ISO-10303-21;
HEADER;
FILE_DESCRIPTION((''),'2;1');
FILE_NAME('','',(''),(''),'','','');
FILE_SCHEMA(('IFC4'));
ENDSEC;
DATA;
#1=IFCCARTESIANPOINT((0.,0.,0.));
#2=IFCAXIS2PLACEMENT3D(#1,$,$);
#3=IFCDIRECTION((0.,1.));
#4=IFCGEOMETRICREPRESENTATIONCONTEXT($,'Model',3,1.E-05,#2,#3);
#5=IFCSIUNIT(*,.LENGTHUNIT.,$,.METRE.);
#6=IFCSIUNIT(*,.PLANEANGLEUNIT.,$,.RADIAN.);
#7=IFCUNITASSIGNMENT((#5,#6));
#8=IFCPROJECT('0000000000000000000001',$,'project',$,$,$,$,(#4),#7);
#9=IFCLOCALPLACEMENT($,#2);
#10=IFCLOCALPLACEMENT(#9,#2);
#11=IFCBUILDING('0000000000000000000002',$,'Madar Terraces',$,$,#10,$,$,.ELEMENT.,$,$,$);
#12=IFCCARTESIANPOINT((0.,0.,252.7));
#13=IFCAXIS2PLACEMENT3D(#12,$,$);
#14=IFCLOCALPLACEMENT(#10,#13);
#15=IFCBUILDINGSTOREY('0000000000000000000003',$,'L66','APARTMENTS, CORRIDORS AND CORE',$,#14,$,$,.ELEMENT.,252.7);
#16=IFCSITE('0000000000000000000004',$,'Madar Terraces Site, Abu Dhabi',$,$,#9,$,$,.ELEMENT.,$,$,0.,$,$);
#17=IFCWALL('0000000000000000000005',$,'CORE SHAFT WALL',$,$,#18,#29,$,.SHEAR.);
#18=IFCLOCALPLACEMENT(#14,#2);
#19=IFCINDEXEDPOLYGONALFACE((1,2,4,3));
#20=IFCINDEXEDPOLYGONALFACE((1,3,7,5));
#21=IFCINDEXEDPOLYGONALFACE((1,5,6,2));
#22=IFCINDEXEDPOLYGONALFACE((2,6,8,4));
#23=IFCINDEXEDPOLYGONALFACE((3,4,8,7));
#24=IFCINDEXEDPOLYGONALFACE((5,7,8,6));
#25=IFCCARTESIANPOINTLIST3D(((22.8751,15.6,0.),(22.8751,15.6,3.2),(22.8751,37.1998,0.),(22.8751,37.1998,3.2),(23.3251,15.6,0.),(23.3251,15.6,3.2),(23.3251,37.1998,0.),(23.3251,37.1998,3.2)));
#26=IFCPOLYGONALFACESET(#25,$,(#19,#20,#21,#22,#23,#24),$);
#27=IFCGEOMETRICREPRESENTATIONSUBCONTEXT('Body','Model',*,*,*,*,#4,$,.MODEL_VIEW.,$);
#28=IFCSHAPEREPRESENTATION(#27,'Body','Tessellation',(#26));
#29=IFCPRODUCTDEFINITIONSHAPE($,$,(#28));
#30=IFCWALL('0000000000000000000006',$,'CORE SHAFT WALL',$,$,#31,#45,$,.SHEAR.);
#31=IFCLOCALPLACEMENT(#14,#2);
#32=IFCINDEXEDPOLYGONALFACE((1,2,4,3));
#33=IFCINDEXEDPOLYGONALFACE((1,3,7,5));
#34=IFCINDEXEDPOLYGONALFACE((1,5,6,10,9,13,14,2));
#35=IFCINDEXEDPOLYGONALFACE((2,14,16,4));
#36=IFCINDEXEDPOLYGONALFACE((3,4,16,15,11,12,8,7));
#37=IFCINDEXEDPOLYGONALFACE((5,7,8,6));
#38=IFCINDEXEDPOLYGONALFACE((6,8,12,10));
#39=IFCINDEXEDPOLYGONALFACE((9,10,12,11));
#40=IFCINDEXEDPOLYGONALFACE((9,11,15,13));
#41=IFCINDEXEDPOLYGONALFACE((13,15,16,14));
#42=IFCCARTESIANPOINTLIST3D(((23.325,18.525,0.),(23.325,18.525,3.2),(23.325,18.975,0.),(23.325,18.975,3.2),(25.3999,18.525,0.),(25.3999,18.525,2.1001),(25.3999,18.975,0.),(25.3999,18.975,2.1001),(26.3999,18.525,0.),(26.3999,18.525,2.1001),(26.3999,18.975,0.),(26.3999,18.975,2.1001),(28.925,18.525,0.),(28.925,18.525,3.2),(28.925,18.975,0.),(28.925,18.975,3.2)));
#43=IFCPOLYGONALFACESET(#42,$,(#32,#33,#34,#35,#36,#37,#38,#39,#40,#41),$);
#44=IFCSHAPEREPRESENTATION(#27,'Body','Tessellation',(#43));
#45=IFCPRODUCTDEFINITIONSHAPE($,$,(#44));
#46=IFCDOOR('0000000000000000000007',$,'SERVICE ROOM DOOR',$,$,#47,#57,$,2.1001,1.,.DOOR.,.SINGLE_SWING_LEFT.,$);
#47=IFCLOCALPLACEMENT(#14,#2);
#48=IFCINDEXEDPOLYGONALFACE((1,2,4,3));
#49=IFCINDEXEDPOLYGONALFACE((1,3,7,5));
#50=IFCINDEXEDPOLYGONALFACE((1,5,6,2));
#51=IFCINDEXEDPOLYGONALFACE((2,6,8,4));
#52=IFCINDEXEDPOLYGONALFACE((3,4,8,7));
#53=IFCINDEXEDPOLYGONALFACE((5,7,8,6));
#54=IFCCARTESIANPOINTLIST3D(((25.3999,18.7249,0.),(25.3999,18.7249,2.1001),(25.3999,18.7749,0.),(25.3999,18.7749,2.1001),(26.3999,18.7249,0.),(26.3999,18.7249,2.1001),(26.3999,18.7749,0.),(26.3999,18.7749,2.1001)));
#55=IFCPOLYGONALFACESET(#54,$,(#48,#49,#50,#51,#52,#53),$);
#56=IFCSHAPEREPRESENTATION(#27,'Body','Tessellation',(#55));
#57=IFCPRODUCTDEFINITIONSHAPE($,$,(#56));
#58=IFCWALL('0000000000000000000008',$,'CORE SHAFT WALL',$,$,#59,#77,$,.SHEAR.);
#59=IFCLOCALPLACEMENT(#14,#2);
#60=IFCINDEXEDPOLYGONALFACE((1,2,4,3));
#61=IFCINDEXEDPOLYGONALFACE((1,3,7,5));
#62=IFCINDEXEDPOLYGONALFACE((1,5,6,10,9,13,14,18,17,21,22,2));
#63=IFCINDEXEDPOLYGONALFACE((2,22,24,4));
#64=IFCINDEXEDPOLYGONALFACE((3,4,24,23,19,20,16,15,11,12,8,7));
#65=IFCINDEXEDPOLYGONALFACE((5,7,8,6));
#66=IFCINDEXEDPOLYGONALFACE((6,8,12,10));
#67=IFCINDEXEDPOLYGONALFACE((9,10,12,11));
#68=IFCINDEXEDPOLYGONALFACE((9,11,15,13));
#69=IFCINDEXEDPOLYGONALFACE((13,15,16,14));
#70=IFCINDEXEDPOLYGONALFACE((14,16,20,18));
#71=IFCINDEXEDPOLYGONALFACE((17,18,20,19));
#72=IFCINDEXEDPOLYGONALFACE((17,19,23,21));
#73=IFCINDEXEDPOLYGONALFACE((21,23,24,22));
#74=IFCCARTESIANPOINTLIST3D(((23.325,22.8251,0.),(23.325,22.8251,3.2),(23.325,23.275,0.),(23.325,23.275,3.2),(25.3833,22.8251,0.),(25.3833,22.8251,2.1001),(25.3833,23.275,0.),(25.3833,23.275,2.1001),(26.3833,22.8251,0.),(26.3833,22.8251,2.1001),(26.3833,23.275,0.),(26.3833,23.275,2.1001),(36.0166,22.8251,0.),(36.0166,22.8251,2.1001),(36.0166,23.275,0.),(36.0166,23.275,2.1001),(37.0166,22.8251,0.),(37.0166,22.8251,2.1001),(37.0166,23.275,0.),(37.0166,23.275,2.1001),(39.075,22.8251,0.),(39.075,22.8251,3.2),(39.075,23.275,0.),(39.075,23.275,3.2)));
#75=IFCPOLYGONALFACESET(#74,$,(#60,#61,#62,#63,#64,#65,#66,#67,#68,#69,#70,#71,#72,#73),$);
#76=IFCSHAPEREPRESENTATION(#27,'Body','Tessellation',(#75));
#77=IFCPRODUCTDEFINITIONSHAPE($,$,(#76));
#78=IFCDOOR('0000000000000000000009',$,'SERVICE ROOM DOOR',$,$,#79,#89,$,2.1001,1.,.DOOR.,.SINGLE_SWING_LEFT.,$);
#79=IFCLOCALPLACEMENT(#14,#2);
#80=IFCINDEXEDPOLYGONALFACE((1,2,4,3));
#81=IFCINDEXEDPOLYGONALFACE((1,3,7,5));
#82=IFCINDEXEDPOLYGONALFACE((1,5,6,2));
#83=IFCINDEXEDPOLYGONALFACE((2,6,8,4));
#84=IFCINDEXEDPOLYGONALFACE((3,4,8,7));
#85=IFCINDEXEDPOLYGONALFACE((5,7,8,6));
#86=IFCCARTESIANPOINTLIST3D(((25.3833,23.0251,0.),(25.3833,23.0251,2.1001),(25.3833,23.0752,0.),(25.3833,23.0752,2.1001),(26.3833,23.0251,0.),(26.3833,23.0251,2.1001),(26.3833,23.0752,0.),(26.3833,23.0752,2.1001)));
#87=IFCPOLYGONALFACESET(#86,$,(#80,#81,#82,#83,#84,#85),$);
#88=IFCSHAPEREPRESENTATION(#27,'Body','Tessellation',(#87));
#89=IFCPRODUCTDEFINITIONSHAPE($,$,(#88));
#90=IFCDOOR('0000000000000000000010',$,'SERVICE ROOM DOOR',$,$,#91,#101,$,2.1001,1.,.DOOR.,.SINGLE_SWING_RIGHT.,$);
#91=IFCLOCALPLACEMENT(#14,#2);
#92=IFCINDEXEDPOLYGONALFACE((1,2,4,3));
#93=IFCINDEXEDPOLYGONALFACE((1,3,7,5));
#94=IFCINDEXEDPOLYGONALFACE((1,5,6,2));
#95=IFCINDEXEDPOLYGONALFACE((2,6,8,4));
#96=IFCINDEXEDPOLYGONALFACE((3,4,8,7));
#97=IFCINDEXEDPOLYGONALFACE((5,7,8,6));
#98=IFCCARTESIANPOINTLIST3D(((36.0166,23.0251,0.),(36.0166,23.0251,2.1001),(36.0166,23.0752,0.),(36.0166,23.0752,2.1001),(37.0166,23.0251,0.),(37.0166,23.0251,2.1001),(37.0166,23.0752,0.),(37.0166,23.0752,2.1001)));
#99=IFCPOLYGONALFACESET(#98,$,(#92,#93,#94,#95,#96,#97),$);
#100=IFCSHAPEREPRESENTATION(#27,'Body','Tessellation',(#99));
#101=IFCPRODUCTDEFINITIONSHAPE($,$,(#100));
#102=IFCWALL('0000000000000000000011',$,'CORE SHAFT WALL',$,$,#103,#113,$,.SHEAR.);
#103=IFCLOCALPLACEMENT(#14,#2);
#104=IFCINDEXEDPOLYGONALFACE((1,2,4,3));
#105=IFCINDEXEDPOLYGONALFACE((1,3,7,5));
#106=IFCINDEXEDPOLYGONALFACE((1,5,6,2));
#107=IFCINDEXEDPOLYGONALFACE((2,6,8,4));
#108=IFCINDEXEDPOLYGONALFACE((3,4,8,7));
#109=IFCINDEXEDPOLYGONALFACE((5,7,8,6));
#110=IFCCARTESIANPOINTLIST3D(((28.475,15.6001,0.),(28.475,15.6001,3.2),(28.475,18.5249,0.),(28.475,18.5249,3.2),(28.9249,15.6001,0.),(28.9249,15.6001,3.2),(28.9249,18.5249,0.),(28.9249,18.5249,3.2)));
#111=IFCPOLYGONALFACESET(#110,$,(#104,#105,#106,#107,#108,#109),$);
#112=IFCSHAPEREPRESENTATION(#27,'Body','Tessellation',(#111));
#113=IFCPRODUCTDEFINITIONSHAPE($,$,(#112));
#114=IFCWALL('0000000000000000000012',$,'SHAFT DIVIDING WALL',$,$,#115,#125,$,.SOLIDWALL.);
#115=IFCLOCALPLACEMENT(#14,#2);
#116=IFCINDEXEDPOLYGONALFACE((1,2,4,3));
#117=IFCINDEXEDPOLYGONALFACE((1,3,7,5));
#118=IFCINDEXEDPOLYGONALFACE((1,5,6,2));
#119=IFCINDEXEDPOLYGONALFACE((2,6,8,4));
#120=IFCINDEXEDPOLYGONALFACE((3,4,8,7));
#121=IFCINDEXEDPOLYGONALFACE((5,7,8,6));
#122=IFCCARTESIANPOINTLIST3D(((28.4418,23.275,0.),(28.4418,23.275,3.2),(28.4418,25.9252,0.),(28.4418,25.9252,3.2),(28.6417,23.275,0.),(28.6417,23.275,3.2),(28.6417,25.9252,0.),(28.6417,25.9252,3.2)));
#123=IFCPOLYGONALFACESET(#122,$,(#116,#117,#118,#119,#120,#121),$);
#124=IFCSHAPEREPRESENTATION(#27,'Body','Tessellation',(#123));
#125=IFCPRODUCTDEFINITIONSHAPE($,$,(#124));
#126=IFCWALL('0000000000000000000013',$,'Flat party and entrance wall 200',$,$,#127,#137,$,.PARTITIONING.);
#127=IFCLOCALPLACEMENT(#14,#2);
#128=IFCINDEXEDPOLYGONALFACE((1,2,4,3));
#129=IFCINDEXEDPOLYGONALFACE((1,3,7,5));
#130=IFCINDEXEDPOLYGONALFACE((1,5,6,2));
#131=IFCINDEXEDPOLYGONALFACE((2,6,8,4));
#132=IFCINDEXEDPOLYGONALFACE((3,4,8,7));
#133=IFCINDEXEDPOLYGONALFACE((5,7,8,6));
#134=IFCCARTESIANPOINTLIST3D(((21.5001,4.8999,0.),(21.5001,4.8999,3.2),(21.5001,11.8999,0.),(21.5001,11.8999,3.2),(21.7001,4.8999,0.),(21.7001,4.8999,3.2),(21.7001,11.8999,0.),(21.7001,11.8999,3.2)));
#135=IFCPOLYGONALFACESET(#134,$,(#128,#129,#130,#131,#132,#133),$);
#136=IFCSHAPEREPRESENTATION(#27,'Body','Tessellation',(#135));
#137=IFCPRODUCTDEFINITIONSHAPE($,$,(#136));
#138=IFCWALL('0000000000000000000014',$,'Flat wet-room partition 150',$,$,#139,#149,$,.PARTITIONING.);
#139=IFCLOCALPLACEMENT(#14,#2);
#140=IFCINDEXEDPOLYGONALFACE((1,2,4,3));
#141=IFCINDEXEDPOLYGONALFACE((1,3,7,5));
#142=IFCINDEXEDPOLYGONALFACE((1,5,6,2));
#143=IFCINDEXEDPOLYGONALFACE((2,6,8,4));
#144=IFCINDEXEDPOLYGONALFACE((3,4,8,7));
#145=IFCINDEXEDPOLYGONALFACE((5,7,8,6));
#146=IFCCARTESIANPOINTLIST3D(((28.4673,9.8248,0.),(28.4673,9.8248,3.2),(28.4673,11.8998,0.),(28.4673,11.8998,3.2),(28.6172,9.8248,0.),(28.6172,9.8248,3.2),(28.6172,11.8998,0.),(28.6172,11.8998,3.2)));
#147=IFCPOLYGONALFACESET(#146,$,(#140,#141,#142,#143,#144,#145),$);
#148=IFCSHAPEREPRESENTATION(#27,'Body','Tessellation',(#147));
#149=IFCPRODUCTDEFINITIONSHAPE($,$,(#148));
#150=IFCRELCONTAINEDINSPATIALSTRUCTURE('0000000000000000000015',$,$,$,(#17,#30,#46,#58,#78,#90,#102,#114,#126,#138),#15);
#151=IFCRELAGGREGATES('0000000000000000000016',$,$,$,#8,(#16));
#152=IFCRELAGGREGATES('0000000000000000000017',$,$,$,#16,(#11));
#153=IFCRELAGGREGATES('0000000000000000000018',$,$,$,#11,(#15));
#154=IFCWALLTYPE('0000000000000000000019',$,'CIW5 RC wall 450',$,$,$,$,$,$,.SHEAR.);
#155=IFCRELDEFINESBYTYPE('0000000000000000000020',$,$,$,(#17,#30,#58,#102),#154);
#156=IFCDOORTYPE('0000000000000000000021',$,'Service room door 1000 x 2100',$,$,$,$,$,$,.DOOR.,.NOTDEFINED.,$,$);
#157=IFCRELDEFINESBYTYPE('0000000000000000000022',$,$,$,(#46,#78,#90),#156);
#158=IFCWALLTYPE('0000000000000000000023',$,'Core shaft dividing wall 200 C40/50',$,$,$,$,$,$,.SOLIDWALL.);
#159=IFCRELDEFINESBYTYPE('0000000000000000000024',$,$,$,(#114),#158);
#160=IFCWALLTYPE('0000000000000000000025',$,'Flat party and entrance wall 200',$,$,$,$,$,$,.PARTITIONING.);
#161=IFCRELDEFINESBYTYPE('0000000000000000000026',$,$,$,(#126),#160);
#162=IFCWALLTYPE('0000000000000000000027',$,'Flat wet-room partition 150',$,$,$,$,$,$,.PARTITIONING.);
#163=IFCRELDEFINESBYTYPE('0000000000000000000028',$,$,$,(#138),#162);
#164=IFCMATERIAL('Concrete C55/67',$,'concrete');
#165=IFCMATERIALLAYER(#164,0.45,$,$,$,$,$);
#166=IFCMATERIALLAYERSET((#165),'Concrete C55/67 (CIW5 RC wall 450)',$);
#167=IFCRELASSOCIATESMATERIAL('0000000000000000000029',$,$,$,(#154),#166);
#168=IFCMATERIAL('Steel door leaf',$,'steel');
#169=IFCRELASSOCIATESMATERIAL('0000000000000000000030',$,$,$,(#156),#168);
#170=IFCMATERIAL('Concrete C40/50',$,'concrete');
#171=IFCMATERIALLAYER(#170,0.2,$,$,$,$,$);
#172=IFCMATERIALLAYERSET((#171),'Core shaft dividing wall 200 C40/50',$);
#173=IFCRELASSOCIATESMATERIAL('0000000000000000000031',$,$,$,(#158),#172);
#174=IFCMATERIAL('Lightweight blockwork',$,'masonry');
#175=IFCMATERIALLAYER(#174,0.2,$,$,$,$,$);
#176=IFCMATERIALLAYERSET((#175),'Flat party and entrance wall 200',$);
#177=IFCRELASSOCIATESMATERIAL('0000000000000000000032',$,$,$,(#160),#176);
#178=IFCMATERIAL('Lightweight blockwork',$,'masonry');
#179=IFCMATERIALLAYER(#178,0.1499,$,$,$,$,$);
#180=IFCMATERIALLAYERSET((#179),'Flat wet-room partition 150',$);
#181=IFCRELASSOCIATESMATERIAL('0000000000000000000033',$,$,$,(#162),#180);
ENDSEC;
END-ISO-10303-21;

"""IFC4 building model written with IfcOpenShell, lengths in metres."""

from ifc_helpers import new_model, si_unit, direction, frame, frame_2d, origin, place, context, subcontext, project, spatial, rectangle, extrude, material, layer, layer_set, type_object, element, fill, save


model = new_model("IFC4")

# Units and contexts
model_context = context("Model", 3, precision=1e-05, world=origin(), true_north=direction((0.0, 1.0)))
body_context = subcontext(model_context, "Body", "Model", "MODEL_VIEW")
ifc_project = project(units=[si_unit("LENGTHUNIT", "METRE"), si_unit("PLANEANGLEUNIT", "RADIAN")], contexts=[model_context])

# Site, building, storey
site_placement = place(None, origin())
site = spatial("IfcSite", under=ifc_project, at=site_placement, Name="Madar Terraces Site, Abu Dhabi", CompositionType="ELEMENT", RefElevation=0.0)
building_placement = place(site_placement, origin())
building = spatial("IfcBuilding", under=site, at=building_placement, Name="Madar Terraces", CompositionType="ELEMENT")
storey_placement = place(building_placement, frame((0.0, 0.0, 252.7)))
storey = spatial("IfcBuildingStorey", under=building, at=storey_placement, Name="L66", Description="APARTMENTS, CORRIDORS AND CORE", CompositionType="ELEMENT", Elevation=252.7)

# Wall
ifc_material_1 = material(Name="Concrete C55/67", Category="concrete")
ifc_layer_1 = layer(ifc_material_1, 0.45)
ifc_layer_set_1 = layer_set([ifc_layer_1], Name="Concrete C55/67 (CIW5 RC wall 450)")
wall_type_1 = type_object("IfcWallType", Name="CIW5 RC wall 450", PredefinedType="SHEAR", material=ifc_layer_set_1)
wall_1_placement = place(storey_placement, frame((23.1001, 15.6001, 0.0), z_axis=(0.0, 0.0, 1.0), x_axis=(0.0, 1.0, 0.0)))
element("IfcWall", 1, at=wall_1_placement, inside=storey, type_object=wall_type_1, Name="CORE SHAFT WALL", PredefinedType="SHEAR", context=body_context, shape_type="SweptSolid", body=[
    extrude(rectangle(XDim=21.5999, YDim=0.45, at=frame_2d((10.7998, 0.0))), origin(), (0.0, 0.0, 1.0), 3.2),
])

# Wall, opening, door
wall_2_placement = place(storey_placement, frame((23.325, 18.75, 0.0), z_axis=(0.0, 0.0, 1.0), x_axis=(1.0, 0.0, 0.0)))
wall_2 = element("IfcWall", 2, at=wall_2_placement, inside=storey, type_object=wall_type_1, Name="CORE SHAFT WALL", PredefinedType="SHEAR", context=body_context, shape_type="SweptSolid", body=[
    extrude(rectangle(XDim=5.6001, YDim=0.45, at=frame_2d((2.8, 0.0))), origin(), (0.0, 0.0, 1.0), 3.2),
])
opening_1_placement = place(wall_2_placement, frame((2.075, 0.0, 0.0)))
opening_1 = element("IfcOpeningElement", 3, at=opening_1_placement, cuts=wall_2, PredefinedType="OPENING", context=body_context, shape_type="SweptSolid", body=[
    extrude(rectangle(XDim=1.0, YDim=2.1001, at=frame_2d((0.5, 1.05))), frame((0.0, 0.2349, 0.0), z_axis=(0.0, -1.0, 0.0), x_axis=(1.0, 0.0, 0.0)), (0.0, 0.0, 1.0), 0.47),
])
ifc_material_2 = material(Name="Steel door leaf", Category="steel")
door_type = type_object("IfcDoorType", Name="Service room door 1000 x 2100", OperationType="NOTDEFINED", PredefinedType="DOOR", material=ifc_material_2)
door_1_placement = place(opening_1_placement, origin())
door_1 = element("IfcDoor", 4, at=door_1_placement, inside=storey, type_object=door_type, Name="SERVICE ROOM DOOR", OperationType="SINGLE_SWING_LEFT", OverallHeight=2.1001, OverallWidth=1.0, PredefinedType="DOOR", context=body_context, shape_type="SweptSolid", body=[
    extrude(rectangle(XDim=1.0, YDim=2.1001, at=frame_2d((0.5, 1.05))), frame((0.0, 0.0249, 0.0), z_axis=(0.0, -1.0, 0.0), x_axis=(1.0, 0.0, 0.0)), (0.0, 0.0, 1.0), 0.05),
])
fill(opening_1, door_1)

# Wall, openings, doors
wall_3_placement = place(storey_placement, frame((23.325, 23.05, 0.0), z_axis=(0.0, 0.0, 1.0), x_axis=(1.0, 0.0, 0.0)))
wall_3 = element("IfcWall", 5, at=wall_3_placement, inside=storey, type_object=wall_type_1, Name="CORE SHAFT WALL", PredefinedType="SHEAR", context=body_context, shape_type="SweptSolid", body=[
    extrude(rectangle(XDim=15.75, YDim=0.45, at=frame_2d((7.875, 0.0))), origin(), (0.0, 0.0, 1.0), 3.2),
])
opening_2_placement = place(wall_3_placement, frame((2.0583, 0.0, 0.0)))
opening_2 = element("IfcOpeningElement", 6, at=opening_2_placement, cuts=wall_3, PredefinedType="OPENING", context=body_context, shape_type="SweptSolid", body=[
    extrude(rectangle(XDim=1.0, YDim=2.1001, at=frame_2d((0.5, 1.05))), frame((0.0, 0.2349, 0.0), z_axis=(0.0, -1.0, 0.0), x_axis=(1.0, 0.0, 0.0)), (0.0, 0.0, 1.0), 0.47),
])
opening_3_placement = place(wall_3_placement, frame((12.6917, 0.0, 0.0)))
opening_3 = element("IfcOpeningElement", 7, at=opening_3_placement, cuts=wall_3, PredefinedType="OPENING", context=body_context, shape_type="SweptSolid", body=[
    extrude(rectangle(XDim=1.0, YDim=2.1001, at=frame_2d((0.5, 1.05))), frame((0.0, 0.2349, 0.0), z_axis=(0.0, -1.0, 0.0), x_axis=(1.0, 0.0, 0.0)), (0.0, 0.0, 1.0), 0.47),
])
door_2_placement = place(opening_2_placement, frame((1.0, 0.0, 0.0), z_axis=(0.0, 0.0, 1.0), x_axis=(-1.0, 0.0, 0.0)))
door_2 = element("IfcDoor", 8, at=door_2_placement, inside=storey, type_object=door_type, Name="SERVICE ROOM DOOR", OperationType="SINGLE_SWING_LEFT", OverallHeight=2.1001, OverallWidth=1.0, PredefinedType="DOOR", context=body_context, shape_type="SweptSolid", body=[
    extrude(rectangle(XDim=1.0, YDim=2.1001, at=frame_2d((0.5, 1.05))), frame((0.0, 0.0249, 0.0), z_axis=(0.0, -1.0, 0.0), x_axis=(1.0, 0.0, 0.0)), (0.0, 0.0, 1.0), 0.05),
])
fill(opening_2, door_2)
door_3_placement = place(opening_3_placement, frame((1.0, 0.0, 0.0), z_axis=(0.0, 0.0, 1.0), x_axis=(-1.0, 0.0, 0.0)))
door_3 = element("IfcDoor", 9, at=door_3_placement, inside=storey, type_object=door_type, Name="SERVICE ROOM DOOR", OperationType="SINGLE_SWING_RIGHT", OverallHeight=2.1001, OverallWidth=1.0, PredefinedType="DOOR", context=body_context, shape_type="SweptSolid", body=[
    extrude(rectangle(XDim=1.0, YDim=2.1001, at=frame_2d((0.5, 1.05))), frame((0.0, 0.0249, 0.0), z_axis=(0.0, -1.0, 0.0), x_axis=(1.0, 0.0, 0.0)), (0.0, 0.0, 1.0), 0.05),
])
fill(opening_3, door_3)

# Walls
wall_4_placement = place(storey_placement, frame((28.7, 15.6001, 0.0), z_axis=(0.0, 0.0, 1.0), x_axis=(0.0, 1.0, 0.0)))
element("IfcWall", 10, at=wall_4_placement, inside=storey, type_object=wall_type_1, Name="CORE SHAFT WALL", PredefinedType="SHEAR", context=body_context, shape_type="SweptSolid", body=[
    extrude(rectangle(XDim=2.9248, YDim=0.45, at=frame_2d((1.4624, 0.0))), origin(), (0.0, 0.0, 1.0), 3.2),
])
ifc_material_3 = material(Name="Concrete C40/50", Category="concrete")
ifc_layer_2 = layer(ifc_material_3, 0.2)
ifc_layer_set_2 = layer_set([ifc_layer_2], Name="Core shaft dividing wall 200 C40/50")
wall_type_2 = type_object("IfcWallType", Name="Core shaft dividing wall 200 C40/50", PredefinedType="SOLIDWALL", material=ifc_layer_set_2)
wall_5_placement = place(storey_placement, frame((28.5417, 23.2749, 0.0), z_axis=(0.0, 0.0, 1.0), x_axis=(0.0, 1.0, 0.0)))
element("IfcWall", 11, at=wall_5_placement, inside=storey, type_object=wall_type_2, Name="SHAFT DIVIDING WALL", PredefinedType="SOLIDWALL", context=body_context, shape_type="SweptSolid", body=[
    extrude(rectangle(XDim=2.6501, YDim=0.2, at=frame_2d((1.3252, 0.0))), origin(), (0.0, 0.0, 1.0), 3.2),
])
ifc_material_4 = material(Name="Lightweight blockwork", Category="masonry")
ifc_layer_3 = layer(ifc_material_4, 0.2)
ifc_layer_set_3 = layer_set([ifc_layer_3], Name="Flat party and entrance wall 200")
wall_type_3 = type_object("IfcWallType", Name="Flat party and entrance wall 200", PredefinedType="PARTITIONING", material=ifc_layer_set_3)
wall_6_placement = place(storey_placement, frame((21.6001, 11.8999, 0.0), z_axis=(0.0, 0.0, 1.0), x_axis=(0.0, -1.0, 0.0)))
element("IfcWall", 12, at=wall_6_placement, inside=storey, type_object=wall_type_3, Name="Flat party and entrance wall 200", PredefinedType="PARTITIONING", context=body_context, shape_type="SweptSolid", body=[
    extrude(rectangle(XDim=7.0, YDim=0.2, at=frame_2d((3.5, 0.0))), origin(), (0.0, 0.0, 1.0), 3.2),
])
ifc_material_5 = material(Name="Lightweight blockwork", Category="masonry")
ifc_layer_4 = layer(ifc_material_5, 0.1499)
ifc_layer_set_4 = layer_set([ifc_layer_4], Name="Flat wet-room partition 150")
wall_type_4 = type_object("IfcWallType", Name="Flat wet-room partition 150", PredefinedType="PARTITIONING", material=ifc_layer_set_4)
wall_7_placement = place(storey_placement, frame((28.5422, 11.8999, 0.0), z_axis=(0.0, 0.0, 1.0), x_axis=(0.0, -1.0, 0.0)))
element("IfcWall", 13, at=wall_7_placement, inside=storey, type_object=wall_type_4, Name="Flat wet-room partition 150", PredefinedType="PARTITIONING", context=body_context, shape_type="SweptSolid", body=[
    extrude(rectangle(XDim=2.075, YDim=0.1499, at=frame_2d((1.0376, 0.0))), origin(), (0.0, 0.0, 1.0), 3.2),
])

save(model, "model.ifc")
